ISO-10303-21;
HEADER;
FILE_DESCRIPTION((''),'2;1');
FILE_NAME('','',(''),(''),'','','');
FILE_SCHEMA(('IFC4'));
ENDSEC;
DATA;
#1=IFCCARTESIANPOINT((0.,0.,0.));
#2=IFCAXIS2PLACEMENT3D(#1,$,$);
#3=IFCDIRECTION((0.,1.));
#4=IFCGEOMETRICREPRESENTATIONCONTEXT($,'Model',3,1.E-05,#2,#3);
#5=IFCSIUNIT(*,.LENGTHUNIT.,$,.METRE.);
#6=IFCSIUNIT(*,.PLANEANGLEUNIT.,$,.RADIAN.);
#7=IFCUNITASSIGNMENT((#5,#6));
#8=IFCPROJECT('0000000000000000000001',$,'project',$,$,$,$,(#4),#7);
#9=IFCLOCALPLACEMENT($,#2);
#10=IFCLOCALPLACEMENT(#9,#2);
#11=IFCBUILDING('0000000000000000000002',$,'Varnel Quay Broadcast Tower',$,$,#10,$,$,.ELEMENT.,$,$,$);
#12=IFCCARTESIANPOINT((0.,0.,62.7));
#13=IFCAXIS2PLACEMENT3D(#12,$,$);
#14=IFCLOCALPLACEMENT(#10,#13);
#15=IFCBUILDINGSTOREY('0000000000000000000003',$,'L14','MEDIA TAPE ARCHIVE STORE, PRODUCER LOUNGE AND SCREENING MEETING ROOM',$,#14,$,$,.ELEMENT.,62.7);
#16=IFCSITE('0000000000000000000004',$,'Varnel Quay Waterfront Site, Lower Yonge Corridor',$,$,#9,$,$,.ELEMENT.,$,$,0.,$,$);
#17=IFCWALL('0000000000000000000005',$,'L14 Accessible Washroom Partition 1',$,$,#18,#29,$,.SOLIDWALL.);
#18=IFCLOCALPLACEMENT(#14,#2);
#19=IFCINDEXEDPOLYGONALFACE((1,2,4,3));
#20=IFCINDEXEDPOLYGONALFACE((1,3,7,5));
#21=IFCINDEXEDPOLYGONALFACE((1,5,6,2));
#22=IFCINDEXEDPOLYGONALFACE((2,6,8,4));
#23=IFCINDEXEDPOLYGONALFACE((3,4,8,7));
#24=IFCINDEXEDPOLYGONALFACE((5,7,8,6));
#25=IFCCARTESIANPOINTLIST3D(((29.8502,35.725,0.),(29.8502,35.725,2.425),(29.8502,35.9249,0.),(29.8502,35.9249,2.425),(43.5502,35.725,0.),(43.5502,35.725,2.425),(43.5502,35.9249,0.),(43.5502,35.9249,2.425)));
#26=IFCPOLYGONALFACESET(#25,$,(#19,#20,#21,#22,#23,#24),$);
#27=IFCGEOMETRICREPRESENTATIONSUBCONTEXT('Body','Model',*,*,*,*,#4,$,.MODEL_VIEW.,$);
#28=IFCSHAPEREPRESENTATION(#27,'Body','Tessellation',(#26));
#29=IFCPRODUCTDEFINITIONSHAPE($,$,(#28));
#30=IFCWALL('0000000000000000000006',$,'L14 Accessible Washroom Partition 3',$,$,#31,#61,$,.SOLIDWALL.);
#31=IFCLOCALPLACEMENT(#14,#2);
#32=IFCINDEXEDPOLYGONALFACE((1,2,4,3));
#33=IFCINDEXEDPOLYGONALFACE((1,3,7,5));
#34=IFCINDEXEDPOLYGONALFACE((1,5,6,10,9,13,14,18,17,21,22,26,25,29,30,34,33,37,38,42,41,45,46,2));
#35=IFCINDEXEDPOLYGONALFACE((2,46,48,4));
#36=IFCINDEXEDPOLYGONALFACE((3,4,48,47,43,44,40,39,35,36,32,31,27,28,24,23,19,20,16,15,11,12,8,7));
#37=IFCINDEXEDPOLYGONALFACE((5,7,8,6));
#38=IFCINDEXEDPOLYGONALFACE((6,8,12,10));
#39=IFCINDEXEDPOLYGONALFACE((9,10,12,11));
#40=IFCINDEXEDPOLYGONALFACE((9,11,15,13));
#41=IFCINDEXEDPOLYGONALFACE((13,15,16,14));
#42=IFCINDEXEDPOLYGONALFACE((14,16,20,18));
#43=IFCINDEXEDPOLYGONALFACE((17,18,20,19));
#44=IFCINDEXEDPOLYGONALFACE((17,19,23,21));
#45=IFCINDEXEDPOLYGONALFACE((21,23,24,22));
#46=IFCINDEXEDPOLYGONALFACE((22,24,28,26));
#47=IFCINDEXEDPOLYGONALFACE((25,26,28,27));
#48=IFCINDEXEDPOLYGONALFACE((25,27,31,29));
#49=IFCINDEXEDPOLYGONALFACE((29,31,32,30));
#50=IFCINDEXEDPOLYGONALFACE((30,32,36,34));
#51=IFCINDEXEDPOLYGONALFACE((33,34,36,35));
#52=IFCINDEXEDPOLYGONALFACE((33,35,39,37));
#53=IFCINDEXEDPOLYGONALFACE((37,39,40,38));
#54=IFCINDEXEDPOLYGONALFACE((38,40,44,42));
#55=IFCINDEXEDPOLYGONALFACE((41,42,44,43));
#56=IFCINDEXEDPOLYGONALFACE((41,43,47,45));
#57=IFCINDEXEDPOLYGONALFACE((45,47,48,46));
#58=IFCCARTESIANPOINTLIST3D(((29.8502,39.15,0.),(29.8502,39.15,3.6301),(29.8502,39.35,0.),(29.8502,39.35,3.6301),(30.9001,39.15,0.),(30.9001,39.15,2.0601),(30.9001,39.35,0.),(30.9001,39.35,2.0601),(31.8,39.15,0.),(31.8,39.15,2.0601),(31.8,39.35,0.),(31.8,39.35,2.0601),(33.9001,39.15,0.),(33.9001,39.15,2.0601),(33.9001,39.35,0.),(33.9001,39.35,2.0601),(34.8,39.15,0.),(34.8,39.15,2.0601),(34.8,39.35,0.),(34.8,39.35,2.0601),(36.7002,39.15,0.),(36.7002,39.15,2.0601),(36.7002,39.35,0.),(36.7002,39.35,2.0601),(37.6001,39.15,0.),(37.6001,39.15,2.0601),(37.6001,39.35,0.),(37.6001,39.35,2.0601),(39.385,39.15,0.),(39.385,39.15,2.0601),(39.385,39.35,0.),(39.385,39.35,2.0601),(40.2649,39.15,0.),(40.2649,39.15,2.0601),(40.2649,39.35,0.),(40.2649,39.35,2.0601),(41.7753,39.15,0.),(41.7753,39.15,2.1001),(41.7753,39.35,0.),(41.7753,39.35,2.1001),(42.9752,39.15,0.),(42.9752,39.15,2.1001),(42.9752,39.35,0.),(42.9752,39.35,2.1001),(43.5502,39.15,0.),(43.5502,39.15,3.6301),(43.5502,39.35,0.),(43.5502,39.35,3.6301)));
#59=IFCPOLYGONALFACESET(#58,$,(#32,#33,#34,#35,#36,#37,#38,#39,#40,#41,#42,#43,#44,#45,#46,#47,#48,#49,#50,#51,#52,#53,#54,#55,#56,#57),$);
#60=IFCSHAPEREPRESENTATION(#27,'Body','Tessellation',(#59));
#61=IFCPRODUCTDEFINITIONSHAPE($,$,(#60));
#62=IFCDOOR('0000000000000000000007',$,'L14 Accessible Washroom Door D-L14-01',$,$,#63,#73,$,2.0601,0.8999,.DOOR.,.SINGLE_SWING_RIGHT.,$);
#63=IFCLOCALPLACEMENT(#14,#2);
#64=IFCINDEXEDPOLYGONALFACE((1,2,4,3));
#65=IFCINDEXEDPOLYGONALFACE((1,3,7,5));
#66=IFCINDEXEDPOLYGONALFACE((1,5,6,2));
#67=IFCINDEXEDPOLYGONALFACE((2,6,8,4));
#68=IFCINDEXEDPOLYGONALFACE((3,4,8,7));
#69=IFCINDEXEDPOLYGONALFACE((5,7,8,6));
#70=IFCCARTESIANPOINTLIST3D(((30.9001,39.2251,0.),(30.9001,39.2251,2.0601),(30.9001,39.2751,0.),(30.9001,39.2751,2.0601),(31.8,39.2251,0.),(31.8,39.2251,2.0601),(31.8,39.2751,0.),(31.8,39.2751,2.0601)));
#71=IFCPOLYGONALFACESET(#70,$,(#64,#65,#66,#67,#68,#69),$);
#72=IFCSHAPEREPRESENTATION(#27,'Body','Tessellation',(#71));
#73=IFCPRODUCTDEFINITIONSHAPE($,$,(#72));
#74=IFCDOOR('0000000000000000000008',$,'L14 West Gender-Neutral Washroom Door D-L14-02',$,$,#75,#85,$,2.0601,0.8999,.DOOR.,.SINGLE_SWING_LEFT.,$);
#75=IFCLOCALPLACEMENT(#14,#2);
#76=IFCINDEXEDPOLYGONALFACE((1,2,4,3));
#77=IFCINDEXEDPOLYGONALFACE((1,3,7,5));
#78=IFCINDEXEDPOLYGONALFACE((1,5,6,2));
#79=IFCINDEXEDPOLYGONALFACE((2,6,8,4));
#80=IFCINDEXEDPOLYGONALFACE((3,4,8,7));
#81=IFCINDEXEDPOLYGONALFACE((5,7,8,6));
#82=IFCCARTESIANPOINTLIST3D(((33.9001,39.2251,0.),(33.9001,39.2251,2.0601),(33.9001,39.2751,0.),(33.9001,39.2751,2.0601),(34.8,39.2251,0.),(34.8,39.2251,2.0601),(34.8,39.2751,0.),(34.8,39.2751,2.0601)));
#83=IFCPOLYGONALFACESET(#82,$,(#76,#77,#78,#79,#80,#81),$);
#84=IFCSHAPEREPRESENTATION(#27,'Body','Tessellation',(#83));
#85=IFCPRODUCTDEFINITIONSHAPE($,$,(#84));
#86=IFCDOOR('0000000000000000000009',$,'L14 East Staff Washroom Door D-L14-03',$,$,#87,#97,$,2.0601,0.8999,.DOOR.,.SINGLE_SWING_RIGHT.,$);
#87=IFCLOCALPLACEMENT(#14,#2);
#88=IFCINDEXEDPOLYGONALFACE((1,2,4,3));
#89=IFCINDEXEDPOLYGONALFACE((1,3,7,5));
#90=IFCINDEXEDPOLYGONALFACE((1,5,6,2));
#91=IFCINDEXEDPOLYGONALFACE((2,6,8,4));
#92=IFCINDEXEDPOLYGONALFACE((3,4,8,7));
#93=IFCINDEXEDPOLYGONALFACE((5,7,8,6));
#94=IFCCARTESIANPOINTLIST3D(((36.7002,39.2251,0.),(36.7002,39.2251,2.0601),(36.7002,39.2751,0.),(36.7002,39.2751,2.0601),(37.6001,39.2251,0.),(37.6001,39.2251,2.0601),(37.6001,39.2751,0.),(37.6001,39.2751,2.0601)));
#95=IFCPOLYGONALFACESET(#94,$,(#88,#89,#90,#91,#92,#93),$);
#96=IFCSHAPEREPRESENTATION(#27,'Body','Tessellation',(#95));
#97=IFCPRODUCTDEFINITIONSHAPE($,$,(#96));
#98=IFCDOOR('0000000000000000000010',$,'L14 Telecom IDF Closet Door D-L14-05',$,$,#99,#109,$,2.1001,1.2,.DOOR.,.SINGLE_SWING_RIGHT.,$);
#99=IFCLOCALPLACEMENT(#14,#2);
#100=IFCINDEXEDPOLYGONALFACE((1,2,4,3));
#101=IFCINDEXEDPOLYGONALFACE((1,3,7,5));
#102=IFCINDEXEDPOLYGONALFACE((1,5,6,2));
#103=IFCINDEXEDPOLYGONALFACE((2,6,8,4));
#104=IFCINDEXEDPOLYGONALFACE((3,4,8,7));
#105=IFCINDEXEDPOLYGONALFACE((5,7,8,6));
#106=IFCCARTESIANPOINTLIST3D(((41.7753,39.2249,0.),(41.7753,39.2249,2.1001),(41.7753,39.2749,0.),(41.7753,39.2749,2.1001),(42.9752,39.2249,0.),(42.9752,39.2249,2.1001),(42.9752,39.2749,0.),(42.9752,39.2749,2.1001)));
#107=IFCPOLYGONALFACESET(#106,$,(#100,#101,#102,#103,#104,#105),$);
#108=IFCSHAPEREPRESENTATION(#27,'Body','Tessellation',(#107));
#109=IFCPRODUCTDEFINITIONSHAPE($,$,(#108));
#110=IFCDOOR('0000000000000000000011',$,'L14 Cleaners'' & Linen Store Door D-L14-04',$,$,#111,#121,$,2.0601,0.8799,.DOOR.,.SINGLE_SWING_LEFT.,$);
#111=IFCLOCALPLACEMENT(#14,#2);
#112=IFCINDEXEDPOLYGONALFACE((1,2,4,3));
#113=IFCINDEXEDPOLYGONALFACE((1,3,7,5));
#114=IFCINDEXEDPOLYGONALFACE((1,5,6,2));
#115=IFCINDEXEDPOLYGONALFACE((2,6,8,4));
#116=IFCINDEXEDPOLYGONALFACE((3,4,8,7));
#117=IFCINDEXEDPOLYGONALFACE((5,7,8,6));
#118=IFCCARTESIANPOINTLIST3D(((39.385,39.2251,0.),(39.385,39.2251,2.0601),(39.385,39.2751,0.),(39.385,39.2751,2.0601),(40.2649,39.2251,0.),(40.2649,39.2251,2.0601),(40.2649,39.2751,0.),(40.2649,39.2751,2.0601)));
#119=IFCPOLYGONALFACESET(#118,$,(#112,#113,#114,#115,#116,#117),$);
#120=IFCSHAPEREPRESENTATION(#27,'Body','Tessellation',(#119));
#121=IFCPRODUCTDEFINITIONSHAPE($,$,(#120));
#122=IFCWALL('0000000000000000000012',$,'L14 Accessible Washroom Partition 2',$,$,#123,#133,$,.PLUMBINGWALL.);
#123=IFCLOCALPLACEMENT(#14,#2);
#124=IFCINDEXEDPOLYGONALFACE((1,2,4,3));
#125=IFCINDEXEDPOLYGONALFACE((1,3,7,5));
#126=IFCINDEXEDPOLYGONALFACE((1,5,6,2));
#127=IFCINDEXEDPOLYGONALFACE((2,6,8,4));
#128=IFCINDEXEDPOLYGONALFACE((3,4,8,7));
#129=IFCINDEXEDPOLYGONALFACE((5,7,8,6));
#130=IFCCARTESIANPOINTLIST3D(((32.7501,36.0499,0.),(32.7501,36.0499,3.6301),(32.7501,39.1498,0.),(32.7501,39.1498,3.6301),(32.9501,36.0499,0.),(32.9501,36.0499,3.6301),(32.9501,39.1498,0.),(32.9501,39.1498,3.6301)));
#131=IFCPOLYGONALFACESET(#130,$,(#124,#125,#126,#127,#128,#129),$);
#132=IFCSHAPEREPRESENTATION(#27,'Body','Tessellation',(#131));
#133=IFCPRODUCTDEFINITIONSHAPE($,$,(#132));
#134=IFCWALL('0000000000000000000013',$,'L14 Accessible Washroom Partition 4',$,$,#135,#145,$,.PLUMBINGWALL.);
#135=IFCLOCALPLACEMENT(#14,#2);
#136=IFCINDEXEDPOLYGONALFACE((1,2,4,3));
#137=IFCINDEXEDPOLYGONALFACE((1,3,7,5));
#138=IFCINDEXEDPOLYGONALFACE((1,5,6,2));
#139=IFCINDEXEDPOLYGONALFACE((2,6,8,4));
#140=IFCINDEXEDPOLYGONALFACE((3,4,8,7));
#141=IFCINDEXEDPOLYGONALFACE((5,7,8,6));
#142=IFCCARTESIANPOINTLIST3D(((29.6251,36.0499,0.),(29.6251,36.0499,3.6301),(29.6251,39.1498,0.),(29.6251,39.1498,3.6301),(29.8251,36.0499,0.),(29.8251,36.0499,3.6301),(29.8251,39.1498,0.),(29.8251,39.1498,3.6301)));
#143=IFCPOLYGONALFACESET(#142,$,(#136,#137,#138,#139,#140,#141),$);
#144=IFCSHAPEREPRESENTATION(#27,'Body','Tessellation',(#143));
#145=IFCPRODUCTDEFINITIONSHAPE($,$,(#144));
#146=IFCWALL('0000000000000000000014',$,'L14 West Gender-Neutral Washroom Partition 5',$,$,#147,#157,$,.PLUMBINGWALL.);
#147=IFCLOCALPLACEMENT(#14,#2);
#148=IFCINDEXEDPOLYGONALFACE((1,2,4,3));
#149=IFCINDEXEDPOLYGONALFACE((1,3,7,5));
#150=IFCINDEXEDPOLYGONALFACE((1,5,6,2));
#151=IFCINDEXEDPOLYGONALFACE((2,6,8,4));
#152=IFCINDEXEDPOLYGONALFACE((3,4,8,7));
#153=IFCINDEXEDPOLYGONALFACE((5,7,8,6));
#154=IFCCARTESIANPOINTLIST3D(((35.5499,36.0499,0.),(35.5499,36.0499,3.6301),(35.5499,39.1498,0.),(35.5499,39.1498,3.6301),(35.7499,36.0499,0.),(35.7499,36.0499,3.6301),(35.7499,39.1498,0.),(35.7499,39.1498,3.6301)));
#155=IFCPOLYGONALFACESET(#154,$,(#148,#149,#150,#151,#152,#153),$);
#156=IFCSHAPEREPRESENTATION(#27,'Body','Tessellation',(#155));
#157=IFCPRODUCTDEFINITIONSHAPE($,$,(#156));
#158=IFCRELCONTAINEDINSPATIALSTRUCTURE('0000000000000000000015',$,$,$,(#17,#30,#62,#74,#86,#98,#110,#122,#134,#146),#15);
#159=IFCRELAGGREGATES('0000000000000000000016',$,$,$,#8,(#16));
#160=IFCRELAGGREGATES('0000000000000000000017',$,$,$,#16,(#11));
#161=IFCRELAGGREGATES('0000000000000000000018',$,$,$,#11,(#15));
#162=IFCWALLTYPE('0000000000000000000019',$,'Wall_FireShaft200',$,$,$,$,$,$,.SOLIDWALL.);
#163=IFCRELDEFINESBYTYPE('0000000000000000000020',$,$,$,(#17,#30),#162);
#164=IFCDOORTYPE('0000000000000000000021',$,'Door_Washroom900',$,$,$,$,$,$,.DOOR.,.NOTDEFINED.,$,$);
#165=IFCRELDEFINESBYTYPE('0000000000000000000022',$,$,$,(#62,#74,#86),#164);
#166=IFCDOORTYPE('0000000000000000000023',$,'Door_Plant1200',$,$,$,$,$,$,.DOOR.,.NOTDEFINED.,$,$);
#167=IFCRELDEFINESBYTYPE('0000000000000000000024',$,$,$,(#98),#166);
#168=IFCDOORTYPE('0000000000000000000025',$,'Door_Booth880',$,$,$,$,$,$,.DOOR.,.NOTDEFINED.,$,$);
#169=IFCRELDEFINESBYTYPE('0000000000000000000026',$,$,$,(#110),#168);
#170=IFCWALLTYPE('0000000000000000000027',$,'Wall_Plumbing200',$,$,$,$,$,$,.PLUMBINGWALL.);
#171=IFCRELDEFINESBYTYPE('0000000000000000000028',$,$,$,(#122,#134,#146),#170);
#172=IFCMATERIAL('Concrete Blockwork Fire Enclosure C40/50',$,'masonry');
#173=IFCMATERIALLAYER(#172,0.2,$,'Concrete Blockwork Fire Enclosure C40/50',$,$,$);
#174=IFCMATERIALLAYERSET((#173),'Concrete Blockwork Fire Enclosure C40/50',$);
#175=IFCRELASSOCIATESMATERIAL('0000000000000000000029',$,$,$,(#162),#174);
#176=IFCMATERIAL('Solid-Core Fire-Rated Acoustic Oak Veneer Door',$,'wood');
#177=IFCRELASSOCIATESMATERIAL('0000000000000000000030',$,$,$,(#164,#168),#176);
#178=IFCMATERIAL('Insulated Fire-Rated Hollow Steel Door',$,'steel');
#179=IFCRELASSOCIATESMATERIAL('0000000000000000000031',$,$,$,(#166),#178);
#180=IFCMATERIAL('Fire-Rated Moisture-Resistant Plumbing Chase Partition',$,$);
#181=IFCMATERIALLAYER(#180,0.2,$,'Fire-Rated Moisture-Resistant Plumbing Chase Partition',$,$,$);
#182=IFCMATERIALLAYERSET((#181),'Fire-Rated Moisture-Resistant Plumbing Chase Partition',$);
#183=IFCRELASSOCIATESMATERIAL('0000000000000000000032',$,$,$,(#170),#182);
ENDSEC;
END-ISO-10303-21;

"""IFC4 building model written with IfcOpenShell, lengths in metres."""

from ifc_helpers import new_model, si_unit, direction, frame, frame_2d, origin, place, context, subcontext, project, spatial, rectangle, extrude, source, transform, mapped, material, layer, layer_set, type_object, type_shapes, element, fill, save


model = new_model("IFC4")

# Units and contexts
model_context = context("Model", 3, precision=1e-05, world=origin(), true_north=direction((0.0, 1.0)))
body_context = subcontext(model_context, "Body", "Model", "MODEL_VIEW")
ifc_project = project(units=[si_unit("LENGTHUNIT", "METRE"), si_unit("PLANEANGLEUNIT", "RADIAN")], contexts=[model_context])

# Site, building, storey
site_placement = place(None, origin())
site = spatial("IfcSite", under=ifc_project, at=site_placement, Name="Varnel Quay Waterfront Site, Lower Yonge Corridor", CompositionType="ELEMENT", RefElevation=0.0)
building_placement = place(site_placement, origin())
building = spatial("IfcBuilding", under=site, at=building_placement, Name="Varnel Quay Broadcast Tower", CompositionType="ELEMENT")
storey_placement = place(building_placement, frame((0.0, 0.0, 62.7)))
storey = spatial("IfcBuildingStorey", under=building, at=storey_placement, Name="L14", Description="MEDIA TAPE ARCHIVE STORE, PRODUCER LOUNGE AND SCREENING MEETING ROOM", CompositionType="ELEMENT", Elevation=62.7)

# Wall
ifc_material_1 = material(Name="Concrete Blockwork Fire Enclosure C40/50", Category="masonry")
ifc_layer_1 = layer(ifc_material_1, 0.2, Name="Concrete Blockwork Fire Enclosure C40/50")
ifc_layer_set_1 = layer_set([ifc_layer_1], Name="Concrete Blockwork Fire Enclosure C40/50")
wall_type_1 = type_object("IfcWallType", Name="Wall_FireShaft200", PredefinedType="SOLIDWALL", material=ifc_layer_set_1)
wall_1_placement = place(storey_placement, frame((29.8501, 35.825, 0.0), z_axis=(0.0, 0.0, 1.0), x_axis=(1.0, 0.0, 0.0)))
element("IfcWall", 1, at=wall_1_placement, inside=storey, type_object=wall_type_1, Name="L14 Accessible Washroom Partition 1", PredefinedType="SOLIDWALL", context=body_context, shape_type="SweptSolid", body=[
    extrude(rectangle(XDim=13.7, YDim=0.2, at=frame_2d((6.8501, 0.0))), origin(), (0.0, 0.0, 1.0), 2.425),
])

# Wall, openings, doors
wall_2_placement = place(storey_placement, frame((29.8501, 39.25, 0.0), z_axis=(0.0, 0.0, 1.0), x_axis=(1.0, 0.0, 0.0)))
wall_2 = element("IfcWall", 2, at=wall_2_placement, inside=storey, type_object=wall_type_1, Name="L14 Accessible Washroom Partition 3", PredefinedType="SOLIDWALL", context=body_context, shape_type="SweptSolid", body=[
    extrude(rectangle(XDim=13.7, YDim=0.2, at=frame_2d((6.8501, 0.0))), origin(), (0.0, 0.0, 1.0), 3.6301),
])
opening_1_placement = place(wall_2_placement, frame((1.05, 0.0, 0.0)))
opening_1 = element("IfcOpeningElement", 3, at=opening_1_placement, cuts=wall_2, PredefinedType="OPENING", context=body_context, shape_type="SweptSolid", body=[
    extrude(rectangle(XDim=0.8999, YDim=2.0601, at=frame_2d((0.45, 1.03))), frame((0.0, 0.1099, 0.0), z_axis=(0.0, -1.0, 0.0), x_axis=(1.0, 0.0, 0.0)), (0.0, 0.0, 1.0), 0.22),
])
opening_2_placement = place(wall_2_placement, frame((4.05, 0.0, 0.0)))
opening_2 = element("IfcOpeningElement", 4, at=opening_2_placement, cuts=wall_2, PredefinedType="OPENING", context=body_context, shape_type="SweptSolid", body=[
    extrude(rectangle(XDim=0.8999, YDim=2.0601, at=frame_2d((0.45, 1.03))), frame((0.0, 0.1099, 0.0), z_axis=(0.0, -1.0, 0.0), x_axis=(1.0, 0.0, 0.0)), (0.0, 0.0, 1.0), 0.22),
])
opening_3_placement = place(wall_2_placement, frame((6.8501, 0.0, 0.0)))
opening_3 = element("IfcOpeningElement", 5, at=opening_3_placement, cuts=wall_2, PredefinedType="OPENING", context=body_context, shape_type="SweptSolid", body=[
    extrude(rectangle(XDim=0.8999, YDim=2.0601, at=frame_2d((0.45, 1.03))), frame((0.0, 0.1099, 0.0), z_axis=(0.0, -1.0, 0.0), x_axis=(1.0, 0.0, 0.0)), (0.0, 0.0, 1.0), 0.22),
])
opening_4_placement = place(wall_2_placement, frame((9.5349, 0.0, 0.0)))
opening_4 = element("IfcOpeningElement", 6, at=opening_4_placement, cuts=wall_2, PredefinedType="OPENING", context=body_context, shape_type="SweptSolid", body=[
    extrude(rectangle(XDim=0.8799, YDim=2.0601, at=frame_2d((0.4399, 1.03))), frame((0.0, 0.1099, 0.0), z_axis=(0.0, -1.0, 0.0), x_axis=(1.0, 0.0, 0.0)), (0.0, 0.0, 1.0), 0.22),
])
opening_5_placement = place(wall_2_placement, frame((11.925, 0.0, 0.0)))
opening_5 = element("IfcOpeningElement", 7, at=opening_5_placement, cuts=wall_2, PredefinedType="OPENING", context=body_context, shape_type="SweptSolid", body=[
    extrude(rectangle(XDim=1.2, YDim=2.1001, at=frame_2d((0.6001, 1.05))), frame((0.0, 0.1099, 0.0), z_axis=(0.0, -1.0, 0.0), x_axis=(1.0, 0.0, 0.0)), (0.0, 0.0, 1.0), 0.22),
])
ifc_material_2 = material(Name="Solid-Core Fire-Rated Acoustic Oak Veneer Door", Category="wood")
door_type_1 = type_object("IfcDoorType", Name="Door_Washroom900", OperationType="NOTDEFINED", PredefinedType="DOOR", material=ifc_material_2)
shared_shape_1 = source(origin(), body_context, "Body", "SweptSolid", [
    extrude(rectangle(XDim=0.8999, YDim=2.0601, at=frame_2d((0.45, 1.03))), frame((0.0, 0.0249, 0.0), z_axis=(0.0, -1.0, 0.0), x_axis=(1.0, 0.0, 0.0)), (0.0, 0.0, 1.0), 0.05),
])
type_shapes(door_type_1, [shared_shape_1])
door_1_placement = place(opening_1_placement, frame((0.8999, 0.0, 0.0), z_axis=(0.0, 0.0, 1.0), x_axis=(-1.0, 0.0, 0.0)))
door_1 = element("IfcDoor", 8, at=door_1_placement, inside=storey, type_object=door_type_1, Name="L14 Accessible Washroom Door D-L14-01", OperationType="SINGLE_SWING_RIGHT", OverallHeight=2.0601, OverallWidth=0.8999, PredefinedType="DOOR", context=body_context, shape_type="MappedRepresentation", body=[
    mapped(shared_shape_1, transform((0.0, 0.0, 0.0), x_axis=(1.0, 0.0, 0.0), y_axis=(0.0, 1.0, 0.0), z_axis=(0.0, 0.0, 1.0), scale=1.0)),
])
fill(opening_1, door_1)
door_2_placement = place(opening_2_placement, frame((0.8999, 0.0, 0.0), z_axis=(0.0, 0.0, 1.0), x_axis=(-1.0, 0.0, 0.0)))
door_2 = element("IfcDoor", 9, at=door_2_placement, inside=storey, type_object=door_type_1, Name="L14 West Gender-Neutral Washroom Door D-L14-02", OperationType="SINGLE_SWING_LEFT", OverallHeight=2.0601, OverallWidth=0.8999, PredefinedType="DOOR", context=body_context, shape_type="MappedRepresentation", body=[
    mapped(shared_shape_1, transform((0.0, 0.0, 0.0), x_axis=(1.0, 0.0, 0.0), y_axis=(0.0, 1.0, 0.0), z_axis=(0.0, 0.0, 1.0), scale=1.0)),
])
fill(opening_2, door_2)
door_3_placement = place(opening_3_placement, frame((0.8999, 0.0, 0.0), z_axis=(0.0, 0.0, 1.0), x_axis=(-1.0, 0.0, 0.0)))
door_3 = element("IfcDoor", 10, at=door_3_placement, inside=storey, type_object=door_type_1, Name="L14 East Staff Washroom Door D-L14-03", OperationType="SINGLE_SWING_RIGHT", OverallHeight=2.0601, OverallWidth=0.8999, PredefinedType="DOOR", context=body_context, shape_type="MappedRepresentation", body=[
    mapped(shared_shape_1, transform((0.0, 0.0, 0.0), x_axis=(1.0, 0.0, 0.0), y_axis=(0.0, 1.0, 0.0), z_axis=(0.0, 0.0, 1.0), scale=1.0)),
])
fill(opening_3, door_3)
ifc_material_3 = material(Name="Insulated Fire-Rated Hollow Steel Door", Category="steel")
door_type_2 = type_object("IfcDoorType", Name="Door_Plant1200", OperationType="NOTDEFINED", PredefinedType="DOOR", material=ifc_material_3)
shared_shape_2 = source(origin(), body_context, "Body", "SweptSolid", [
    extrude(rectangle(XDim=1.2, YDim=2.1001, at=frame_2d((0.6001, 1.05))), frame((0.0, 0.0249, 0.0), z_axis=(0.0, -1.0, 0.0), x_axis=(1.0, 0.0, 0.0)), (0.0, 0.0, 1.0), 0.05),
])
type_shapes(door_type_2, [shared_shape_2])
door_4_placement = place(opening_5_placement, origin())
door_4 = element("IfcDoor", 11, at=door_4_placement, inside=storey, type_object=door_type_2, Name="L14 Telecom IDF Closet Door D-L14-05", OperationType="SINGLE_SWING_RIGHT", OverallHeight=2.1001, OverallWidth=1.2, PredefinedType="DOOR", context=body_context, shape_type="MappedRepresentation", body=[
    mapped(shared_shape_2, transform((0.0, 0.0, 0.0), x_axis=(1.0, 0.0, 0.0), y_axis=(0.0, 1.0, 0.0), z_axis=(0.0, 0.0, 1.0), scale=1.0)),
])
fill(opening_5, door_4)
door_type_3 = type_object("IfcDoorType", Name="Door_Booth880", OperationType="NOTDEFINED", PredefinedType="DOOR", material=ifc_material_2)
shared_shape_3 = source(origin(), body_context, "Body", "SweptSolid", [
    extrude(rectangle(XDim=0.8799, YDim=2.0601, at=frame_2d((0.4399, 1.03))), frame((0.0, 0.0249, 0.0), z_axis=(0.0, -1.0, 0.0), x_axis=(1.0, 0.0, 0.0)), (0.0, 0.0, 1.0), 0.05),
])
type_shapes(door_type_3, [shared_shape_3])
door_5_placement = place(opening_4_placement, frame((0.8799, 0.0, 0.0), z_axis=(0.0, 0.0, 1.0), x_axis=(-1.0, 0.0, 0.0)))
door_5 = element("IfcDoor", 12, at=door_5_placement, inside=storey, type_object=door_type_3, Name="L14 Cleaners' & Linen Store Door D-L14-04", OperationType="SINGLE_SWING_LEFT", OverallHeight=2.0601, OverallWidth=0.8799, PredefinedType="DOOR", context=body_context, shape_type="MappedRepresentation", body=[
    mapped(shared_shape_3, transform((0.0, 0.0, 0.0), x_axis=(1.0, 0.0, 0.0), y_axis=(0.0, 1.0, 0.0), z_axis=(0.0, 0.0, 1.0), scale=1.0)),
])
fill(opening_4, door_5)

# Walls
ifc_material_4 = material(Name="Fire-Rated Moisture-Resistant Plumbing Chase Partition")
ifc_layer_2 = layer(ifc_material_4, 0.2, Name="Fire-Rated Moisture-Resistant Plumbing Chase Partition")
ifc_layer_set_2 = layer_set([ifc_layer_2], Name="Fire-Rated Moisture-Resistant Plumbing Chase Partition")
wall_type_2 = type_object("IfcWallType", Name="Wall_Plumbing200", PredefinedType="PLUMBINGWALL", material=ifc_layer_set_2)
for number, where, z_axis, x_axis, name in (
    (13, (32.8501, 36.05, 0.0), (0.0, 0.0, 1.0), (0.0, 1.0, 0.0), "L14 Accessible Washroom Partition 2"),
    (14, (29.7251, 36.05, 0.0), (0.0, 0.0, 1.0), (0.0, 1.0, 0.0), "L14 Accessible Washroom Partition 4"),
    (15, (35.6499, 36.05, 0.0), (0.0, 0.0, 1.0), (0.0, 1.0, 0.0), "L14 West Gender-Neutral Washroom Partition 5"),
):
    element("IfcWall", number, at=place(storey_placement, frame(where, z_axis=z_axis, x_axis=x_axis)), inside=storey, type_object=wall_type_2, Name=name, PredefinedType="PLUMBINGWALL", context=body_context, shape_type="SweptSolid", body=[
        extrude(rectangle(XDim=3.0999, YDim=0.2, at=frame_2d((1.5498, 0.0))), origin(), (0.0, 0.0, 1.0), 3.6301),
    ])

save(model, "model.ifc")
